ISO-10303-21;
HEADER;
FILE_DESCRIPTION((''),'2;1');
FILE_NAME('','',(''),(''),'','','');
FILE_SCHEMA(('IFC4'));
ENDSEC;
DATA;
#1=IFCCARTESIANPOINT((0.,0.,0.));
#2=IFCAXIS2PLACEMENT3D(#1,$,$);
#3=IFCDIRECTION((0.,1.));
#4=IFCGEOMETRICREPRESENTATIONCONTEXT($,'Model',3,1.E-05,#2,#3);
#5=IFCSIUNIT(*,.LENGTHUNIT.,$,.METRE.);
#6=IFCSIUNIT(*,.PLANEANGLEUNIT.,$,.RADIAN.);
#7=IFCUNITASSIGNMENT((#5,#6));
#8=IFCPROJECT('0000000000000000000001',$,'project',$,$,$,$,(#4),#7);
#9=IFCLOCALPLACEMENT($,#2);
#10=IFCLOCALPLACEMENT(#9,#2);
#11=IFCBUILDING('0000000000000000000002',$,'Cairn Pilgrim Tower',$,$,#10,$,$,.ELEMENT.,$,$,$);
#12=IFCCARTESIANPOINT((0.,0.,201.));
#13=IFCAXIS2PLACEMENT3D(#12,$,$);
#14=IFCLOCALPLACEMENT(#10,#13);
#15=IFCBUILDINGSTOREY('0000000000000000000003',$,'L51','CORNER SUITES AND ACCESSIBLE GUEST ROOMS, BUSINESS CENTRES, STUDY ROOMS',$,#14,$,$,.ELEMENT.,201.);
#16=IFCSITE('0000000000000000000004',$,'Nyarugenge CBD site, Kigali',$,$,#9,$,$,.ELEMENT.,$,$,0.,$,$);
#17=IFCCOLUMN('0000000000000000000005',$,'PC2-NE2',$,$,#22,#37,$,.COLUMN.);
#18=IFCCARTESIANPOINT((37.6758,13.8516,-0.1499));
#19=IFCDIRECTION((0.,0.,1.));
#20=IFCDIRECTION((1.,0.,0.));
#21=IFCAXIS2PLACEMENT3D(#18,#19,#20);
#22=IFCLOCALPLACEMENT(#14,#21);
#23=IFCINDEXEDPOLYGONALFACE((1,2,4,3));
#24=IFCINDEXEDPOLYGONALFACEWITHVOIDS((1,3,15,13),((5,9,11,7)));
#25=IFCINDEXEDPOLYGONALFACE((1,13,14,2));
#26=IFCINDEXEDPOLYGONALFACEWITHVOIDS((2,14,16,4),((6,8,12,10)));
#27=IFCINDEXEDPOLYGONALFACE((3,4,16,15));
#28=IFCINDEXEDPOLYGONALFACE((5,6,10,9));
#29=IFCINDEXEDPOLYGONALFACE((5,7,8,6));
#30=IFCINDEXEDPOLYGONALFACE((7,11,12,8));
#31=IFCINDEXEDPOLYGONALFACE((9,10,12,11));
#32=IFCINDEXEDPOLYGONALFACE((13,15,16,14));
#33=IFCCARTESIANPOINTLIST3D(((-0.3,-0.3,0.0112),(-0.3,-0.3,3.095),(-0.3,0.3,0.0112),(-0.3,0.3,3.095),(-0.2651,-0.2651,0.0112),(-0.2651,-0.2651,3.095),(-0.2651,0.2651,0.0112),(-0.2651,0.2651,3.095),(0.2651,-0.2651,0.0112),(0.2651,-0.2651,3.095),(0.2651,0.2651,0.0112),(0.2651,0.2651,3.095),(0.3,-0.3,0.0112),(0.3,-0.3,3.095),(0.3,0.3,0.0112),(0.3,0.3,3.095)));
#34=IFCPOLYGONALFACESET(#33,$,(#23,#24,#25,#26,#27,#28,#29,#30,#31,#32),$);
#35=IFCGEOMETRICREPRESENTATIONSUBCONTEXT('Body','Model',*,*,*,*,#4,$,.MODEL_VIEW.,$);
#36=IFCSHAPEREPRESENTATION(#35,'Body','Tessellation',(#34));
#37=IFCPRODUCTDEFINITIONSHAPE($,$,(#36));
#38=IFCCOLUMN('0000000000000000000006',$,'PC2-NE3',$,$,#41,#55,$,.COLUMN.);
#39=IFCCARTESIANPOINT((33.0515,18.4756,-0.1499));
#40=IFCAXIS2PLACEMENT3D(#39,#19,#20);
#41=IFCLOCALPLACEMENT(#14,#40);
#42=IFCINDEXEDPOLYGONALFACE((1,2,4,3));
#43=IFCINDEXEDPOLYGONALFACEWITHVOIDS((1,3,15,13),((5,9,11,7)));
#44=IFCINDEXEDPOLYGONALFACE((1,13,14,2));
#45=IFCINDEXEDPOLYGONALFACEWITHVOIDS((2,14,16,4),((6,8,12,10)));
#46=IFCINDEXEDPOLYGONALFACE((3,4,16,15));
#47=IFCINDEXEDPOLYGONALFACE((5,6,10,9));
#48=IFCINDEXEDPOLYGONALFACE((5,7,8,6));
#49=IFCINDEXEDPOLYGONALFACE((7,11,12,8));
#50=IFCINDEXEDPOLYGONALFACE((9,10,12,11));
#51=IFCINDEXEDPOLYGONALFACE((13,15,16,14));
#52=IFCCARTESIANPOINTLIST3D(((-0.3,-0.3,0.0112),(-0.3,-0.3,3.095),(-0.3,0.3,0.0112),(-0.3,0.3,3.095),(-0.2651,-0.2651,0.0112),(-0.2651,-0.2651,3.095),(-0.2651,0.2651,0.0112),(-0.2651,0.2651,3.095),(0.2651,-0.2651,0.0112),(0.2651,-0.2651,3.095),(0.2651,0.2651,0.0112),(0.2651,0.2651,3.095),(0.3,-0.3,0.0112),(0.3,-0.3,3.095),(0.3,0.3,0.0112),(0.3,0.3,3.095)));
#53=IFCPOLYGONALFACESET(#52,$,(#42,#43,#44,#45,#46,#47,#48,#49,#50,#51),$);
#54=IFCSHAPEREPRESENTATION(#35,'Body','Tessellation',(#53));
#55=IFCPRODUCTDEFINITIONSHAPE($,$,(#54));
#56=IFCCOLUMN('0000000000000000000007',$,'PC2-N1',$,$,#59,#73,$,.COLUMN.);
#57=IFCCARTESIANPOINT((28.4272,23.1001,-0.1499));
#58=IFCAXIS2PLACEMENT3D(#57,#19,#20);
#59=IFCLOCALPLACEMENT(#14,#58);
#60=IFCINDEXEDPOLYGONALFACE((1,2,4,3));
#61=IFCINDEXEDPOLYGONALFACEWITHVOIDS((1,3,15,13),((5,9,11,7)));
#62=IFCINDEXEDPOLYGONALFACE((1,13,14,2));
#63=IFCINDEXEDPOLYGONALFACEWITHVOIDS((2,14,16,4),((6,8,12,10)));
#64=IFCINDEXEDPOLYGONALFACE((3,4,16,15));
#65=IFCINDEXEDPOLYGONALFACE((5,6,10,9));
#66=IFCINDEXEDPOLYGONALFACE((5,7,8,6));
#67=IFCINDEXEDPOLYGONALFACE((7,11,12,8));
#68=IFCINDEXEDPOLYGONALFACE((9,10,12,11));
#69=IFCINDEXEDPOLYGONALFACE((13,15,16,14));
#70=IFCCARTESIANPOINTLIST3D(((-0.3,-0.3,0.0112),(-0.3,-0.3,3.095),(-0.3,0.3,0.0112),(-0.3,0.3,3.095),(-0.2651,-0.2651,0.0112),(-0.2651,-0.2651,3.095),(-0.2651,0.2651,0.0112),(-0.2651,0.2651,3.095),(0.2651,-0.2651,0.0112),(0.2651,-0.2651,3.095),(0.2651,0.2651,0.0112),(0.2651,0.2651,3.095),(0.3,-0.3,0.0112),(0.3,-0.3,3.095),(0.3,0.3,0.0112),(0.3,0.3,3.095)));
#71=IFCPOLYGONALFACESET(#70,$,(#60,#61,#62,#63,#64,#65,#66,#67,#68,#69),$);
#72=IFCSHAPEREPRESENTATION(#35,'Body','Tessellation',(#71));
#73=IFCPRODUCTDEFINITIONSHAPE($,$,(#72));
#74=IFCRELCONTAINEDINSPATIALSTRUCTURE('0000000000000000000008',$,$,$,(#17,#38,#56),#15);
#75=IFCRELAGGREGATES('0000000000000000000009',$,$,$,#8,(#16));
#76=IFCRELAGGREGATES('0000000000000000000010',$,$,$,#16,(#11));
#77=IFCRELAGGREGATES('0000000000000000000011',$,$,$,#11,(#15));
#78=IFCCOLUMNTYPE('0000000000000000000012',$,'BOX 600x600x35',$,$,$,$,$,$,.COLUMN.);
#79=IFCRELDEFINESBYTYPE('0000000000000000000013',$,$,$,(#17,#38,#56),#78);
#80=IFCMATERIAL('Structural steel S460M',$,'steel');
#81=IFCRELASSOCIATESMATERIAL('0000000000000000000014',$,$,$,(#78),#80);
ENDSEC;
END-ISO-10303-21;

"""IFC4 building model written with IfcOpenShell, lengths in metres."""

from ifc_helpers import new_model, si_unit, direction, frame, origin, origin_2d, place, context, subcontext, project, spatial, hollow_rectangle, extrude, clip, halfspace, material, material_profile, profile_set, type_object, element, save


model = new_model("IFC4")

# Units and contexts
model_context = context("Model", 3, precision=1e-05, world=origin(), true_north=direction((0.0, 1.0)))
body_context = subcontext(model_context, "Body", "Model", "MODEL_VIEW")
ifc_project = project(units=[si_unit("LENGTHUNIT", "METRE"), si_unit("PLANEANGLEUNIT", "RADIAN")], contexts=[model_context])

# Site, building, storey
site_placement = place(None, origin())
site = spatial("IfcSite", under=ifc_project, at=site_placement, Name="Nyarugenge CBD site, Kigali", CompositionType="ELEMENT", RefElevation=0.0)
building_placement = place(site_placement, origin())
building = spatial("IfcBuilding", under=site, at=building_placement, Name="Cairn Pilgrim Tower", CompositionType="ELEMENT")
storey_placement = place(building_placement, frame((0.0, 0.0, 201.0)))
storey = spatial("IfcBuildingStorey", under=building, at=storey_placement, Name="L51", Description="CORNER SUITES AND ACCESSIBLE GUEST ROOMS, BUSINESS CENTRES, STUDY ROOMS", CompositionType="ELEMENT", Elevation=201.0)

# Columns
ifc_material_1 = material(Name="Structural steel S460M", Category="steel")
ifc_material_profile_1 = material_profile(ifc_material_1, hollow_rectangle(XDim=0.6001, YDim=0.6001, WallThickness=0.0349, at=origin_2d()), Name="BOX 600x600x35")
ifc_profile_set_1 = profile_set([ifc_material_profile_1], Name="Structural steel S460M")
column_type = type_object("IfcColumnType", Name="BOX 600x600x35", PredefinedType="COLUMN", material=ifc_profile_set_1)
for number, where, z_axis, x_axis, name in (
    (1, (37.6758, 13.8516, -0.1499), (0.0, 0.0, 1.0), (1.0, 0.0, 0.0), "PC2-NE2"),
    (2, (33.0515, 18.4756, -0.1499), (0.0, 0.0, 1.0), (1.0, 0.0, 0.0), "PC2-NE3"),
    (3, (28.4272, 23.1001, -0.1499), (0.0, 0.0, 1.0), (1.0, 0.0, 0.0), "PC2-N1"),
):
    element("IfcColumn", number, at=place(storey_placement, frame(where, z_axis=z_axis, x_axis=x_axis)), inside=storey, type_object=column_type, Name=name, PredefinedType="COLUMN", context=body_context, shape_type="Clipping", body=[
        clip(clip(extrude(hollow_rectangle(XDim=0.6001, YDim=0.6001, WallThickness=0.0349, at=origin_2d()), origin(), (0.0, 0.0, 1.0), 3.5), halfspace(frame((0.0, 0.0, 0.0112), z_axis=(0.0, 0.0, 1.0), x_axis=(1.0, 0.0, 0.0)), True)), halfspace(frame((0.0, 0.0, 3.095), z_axis=(0.0, 0.0, 1.0), x_axis=(1.0, 0.0, 0.0)), False)),
    ])

save(model, "model.ifc")
